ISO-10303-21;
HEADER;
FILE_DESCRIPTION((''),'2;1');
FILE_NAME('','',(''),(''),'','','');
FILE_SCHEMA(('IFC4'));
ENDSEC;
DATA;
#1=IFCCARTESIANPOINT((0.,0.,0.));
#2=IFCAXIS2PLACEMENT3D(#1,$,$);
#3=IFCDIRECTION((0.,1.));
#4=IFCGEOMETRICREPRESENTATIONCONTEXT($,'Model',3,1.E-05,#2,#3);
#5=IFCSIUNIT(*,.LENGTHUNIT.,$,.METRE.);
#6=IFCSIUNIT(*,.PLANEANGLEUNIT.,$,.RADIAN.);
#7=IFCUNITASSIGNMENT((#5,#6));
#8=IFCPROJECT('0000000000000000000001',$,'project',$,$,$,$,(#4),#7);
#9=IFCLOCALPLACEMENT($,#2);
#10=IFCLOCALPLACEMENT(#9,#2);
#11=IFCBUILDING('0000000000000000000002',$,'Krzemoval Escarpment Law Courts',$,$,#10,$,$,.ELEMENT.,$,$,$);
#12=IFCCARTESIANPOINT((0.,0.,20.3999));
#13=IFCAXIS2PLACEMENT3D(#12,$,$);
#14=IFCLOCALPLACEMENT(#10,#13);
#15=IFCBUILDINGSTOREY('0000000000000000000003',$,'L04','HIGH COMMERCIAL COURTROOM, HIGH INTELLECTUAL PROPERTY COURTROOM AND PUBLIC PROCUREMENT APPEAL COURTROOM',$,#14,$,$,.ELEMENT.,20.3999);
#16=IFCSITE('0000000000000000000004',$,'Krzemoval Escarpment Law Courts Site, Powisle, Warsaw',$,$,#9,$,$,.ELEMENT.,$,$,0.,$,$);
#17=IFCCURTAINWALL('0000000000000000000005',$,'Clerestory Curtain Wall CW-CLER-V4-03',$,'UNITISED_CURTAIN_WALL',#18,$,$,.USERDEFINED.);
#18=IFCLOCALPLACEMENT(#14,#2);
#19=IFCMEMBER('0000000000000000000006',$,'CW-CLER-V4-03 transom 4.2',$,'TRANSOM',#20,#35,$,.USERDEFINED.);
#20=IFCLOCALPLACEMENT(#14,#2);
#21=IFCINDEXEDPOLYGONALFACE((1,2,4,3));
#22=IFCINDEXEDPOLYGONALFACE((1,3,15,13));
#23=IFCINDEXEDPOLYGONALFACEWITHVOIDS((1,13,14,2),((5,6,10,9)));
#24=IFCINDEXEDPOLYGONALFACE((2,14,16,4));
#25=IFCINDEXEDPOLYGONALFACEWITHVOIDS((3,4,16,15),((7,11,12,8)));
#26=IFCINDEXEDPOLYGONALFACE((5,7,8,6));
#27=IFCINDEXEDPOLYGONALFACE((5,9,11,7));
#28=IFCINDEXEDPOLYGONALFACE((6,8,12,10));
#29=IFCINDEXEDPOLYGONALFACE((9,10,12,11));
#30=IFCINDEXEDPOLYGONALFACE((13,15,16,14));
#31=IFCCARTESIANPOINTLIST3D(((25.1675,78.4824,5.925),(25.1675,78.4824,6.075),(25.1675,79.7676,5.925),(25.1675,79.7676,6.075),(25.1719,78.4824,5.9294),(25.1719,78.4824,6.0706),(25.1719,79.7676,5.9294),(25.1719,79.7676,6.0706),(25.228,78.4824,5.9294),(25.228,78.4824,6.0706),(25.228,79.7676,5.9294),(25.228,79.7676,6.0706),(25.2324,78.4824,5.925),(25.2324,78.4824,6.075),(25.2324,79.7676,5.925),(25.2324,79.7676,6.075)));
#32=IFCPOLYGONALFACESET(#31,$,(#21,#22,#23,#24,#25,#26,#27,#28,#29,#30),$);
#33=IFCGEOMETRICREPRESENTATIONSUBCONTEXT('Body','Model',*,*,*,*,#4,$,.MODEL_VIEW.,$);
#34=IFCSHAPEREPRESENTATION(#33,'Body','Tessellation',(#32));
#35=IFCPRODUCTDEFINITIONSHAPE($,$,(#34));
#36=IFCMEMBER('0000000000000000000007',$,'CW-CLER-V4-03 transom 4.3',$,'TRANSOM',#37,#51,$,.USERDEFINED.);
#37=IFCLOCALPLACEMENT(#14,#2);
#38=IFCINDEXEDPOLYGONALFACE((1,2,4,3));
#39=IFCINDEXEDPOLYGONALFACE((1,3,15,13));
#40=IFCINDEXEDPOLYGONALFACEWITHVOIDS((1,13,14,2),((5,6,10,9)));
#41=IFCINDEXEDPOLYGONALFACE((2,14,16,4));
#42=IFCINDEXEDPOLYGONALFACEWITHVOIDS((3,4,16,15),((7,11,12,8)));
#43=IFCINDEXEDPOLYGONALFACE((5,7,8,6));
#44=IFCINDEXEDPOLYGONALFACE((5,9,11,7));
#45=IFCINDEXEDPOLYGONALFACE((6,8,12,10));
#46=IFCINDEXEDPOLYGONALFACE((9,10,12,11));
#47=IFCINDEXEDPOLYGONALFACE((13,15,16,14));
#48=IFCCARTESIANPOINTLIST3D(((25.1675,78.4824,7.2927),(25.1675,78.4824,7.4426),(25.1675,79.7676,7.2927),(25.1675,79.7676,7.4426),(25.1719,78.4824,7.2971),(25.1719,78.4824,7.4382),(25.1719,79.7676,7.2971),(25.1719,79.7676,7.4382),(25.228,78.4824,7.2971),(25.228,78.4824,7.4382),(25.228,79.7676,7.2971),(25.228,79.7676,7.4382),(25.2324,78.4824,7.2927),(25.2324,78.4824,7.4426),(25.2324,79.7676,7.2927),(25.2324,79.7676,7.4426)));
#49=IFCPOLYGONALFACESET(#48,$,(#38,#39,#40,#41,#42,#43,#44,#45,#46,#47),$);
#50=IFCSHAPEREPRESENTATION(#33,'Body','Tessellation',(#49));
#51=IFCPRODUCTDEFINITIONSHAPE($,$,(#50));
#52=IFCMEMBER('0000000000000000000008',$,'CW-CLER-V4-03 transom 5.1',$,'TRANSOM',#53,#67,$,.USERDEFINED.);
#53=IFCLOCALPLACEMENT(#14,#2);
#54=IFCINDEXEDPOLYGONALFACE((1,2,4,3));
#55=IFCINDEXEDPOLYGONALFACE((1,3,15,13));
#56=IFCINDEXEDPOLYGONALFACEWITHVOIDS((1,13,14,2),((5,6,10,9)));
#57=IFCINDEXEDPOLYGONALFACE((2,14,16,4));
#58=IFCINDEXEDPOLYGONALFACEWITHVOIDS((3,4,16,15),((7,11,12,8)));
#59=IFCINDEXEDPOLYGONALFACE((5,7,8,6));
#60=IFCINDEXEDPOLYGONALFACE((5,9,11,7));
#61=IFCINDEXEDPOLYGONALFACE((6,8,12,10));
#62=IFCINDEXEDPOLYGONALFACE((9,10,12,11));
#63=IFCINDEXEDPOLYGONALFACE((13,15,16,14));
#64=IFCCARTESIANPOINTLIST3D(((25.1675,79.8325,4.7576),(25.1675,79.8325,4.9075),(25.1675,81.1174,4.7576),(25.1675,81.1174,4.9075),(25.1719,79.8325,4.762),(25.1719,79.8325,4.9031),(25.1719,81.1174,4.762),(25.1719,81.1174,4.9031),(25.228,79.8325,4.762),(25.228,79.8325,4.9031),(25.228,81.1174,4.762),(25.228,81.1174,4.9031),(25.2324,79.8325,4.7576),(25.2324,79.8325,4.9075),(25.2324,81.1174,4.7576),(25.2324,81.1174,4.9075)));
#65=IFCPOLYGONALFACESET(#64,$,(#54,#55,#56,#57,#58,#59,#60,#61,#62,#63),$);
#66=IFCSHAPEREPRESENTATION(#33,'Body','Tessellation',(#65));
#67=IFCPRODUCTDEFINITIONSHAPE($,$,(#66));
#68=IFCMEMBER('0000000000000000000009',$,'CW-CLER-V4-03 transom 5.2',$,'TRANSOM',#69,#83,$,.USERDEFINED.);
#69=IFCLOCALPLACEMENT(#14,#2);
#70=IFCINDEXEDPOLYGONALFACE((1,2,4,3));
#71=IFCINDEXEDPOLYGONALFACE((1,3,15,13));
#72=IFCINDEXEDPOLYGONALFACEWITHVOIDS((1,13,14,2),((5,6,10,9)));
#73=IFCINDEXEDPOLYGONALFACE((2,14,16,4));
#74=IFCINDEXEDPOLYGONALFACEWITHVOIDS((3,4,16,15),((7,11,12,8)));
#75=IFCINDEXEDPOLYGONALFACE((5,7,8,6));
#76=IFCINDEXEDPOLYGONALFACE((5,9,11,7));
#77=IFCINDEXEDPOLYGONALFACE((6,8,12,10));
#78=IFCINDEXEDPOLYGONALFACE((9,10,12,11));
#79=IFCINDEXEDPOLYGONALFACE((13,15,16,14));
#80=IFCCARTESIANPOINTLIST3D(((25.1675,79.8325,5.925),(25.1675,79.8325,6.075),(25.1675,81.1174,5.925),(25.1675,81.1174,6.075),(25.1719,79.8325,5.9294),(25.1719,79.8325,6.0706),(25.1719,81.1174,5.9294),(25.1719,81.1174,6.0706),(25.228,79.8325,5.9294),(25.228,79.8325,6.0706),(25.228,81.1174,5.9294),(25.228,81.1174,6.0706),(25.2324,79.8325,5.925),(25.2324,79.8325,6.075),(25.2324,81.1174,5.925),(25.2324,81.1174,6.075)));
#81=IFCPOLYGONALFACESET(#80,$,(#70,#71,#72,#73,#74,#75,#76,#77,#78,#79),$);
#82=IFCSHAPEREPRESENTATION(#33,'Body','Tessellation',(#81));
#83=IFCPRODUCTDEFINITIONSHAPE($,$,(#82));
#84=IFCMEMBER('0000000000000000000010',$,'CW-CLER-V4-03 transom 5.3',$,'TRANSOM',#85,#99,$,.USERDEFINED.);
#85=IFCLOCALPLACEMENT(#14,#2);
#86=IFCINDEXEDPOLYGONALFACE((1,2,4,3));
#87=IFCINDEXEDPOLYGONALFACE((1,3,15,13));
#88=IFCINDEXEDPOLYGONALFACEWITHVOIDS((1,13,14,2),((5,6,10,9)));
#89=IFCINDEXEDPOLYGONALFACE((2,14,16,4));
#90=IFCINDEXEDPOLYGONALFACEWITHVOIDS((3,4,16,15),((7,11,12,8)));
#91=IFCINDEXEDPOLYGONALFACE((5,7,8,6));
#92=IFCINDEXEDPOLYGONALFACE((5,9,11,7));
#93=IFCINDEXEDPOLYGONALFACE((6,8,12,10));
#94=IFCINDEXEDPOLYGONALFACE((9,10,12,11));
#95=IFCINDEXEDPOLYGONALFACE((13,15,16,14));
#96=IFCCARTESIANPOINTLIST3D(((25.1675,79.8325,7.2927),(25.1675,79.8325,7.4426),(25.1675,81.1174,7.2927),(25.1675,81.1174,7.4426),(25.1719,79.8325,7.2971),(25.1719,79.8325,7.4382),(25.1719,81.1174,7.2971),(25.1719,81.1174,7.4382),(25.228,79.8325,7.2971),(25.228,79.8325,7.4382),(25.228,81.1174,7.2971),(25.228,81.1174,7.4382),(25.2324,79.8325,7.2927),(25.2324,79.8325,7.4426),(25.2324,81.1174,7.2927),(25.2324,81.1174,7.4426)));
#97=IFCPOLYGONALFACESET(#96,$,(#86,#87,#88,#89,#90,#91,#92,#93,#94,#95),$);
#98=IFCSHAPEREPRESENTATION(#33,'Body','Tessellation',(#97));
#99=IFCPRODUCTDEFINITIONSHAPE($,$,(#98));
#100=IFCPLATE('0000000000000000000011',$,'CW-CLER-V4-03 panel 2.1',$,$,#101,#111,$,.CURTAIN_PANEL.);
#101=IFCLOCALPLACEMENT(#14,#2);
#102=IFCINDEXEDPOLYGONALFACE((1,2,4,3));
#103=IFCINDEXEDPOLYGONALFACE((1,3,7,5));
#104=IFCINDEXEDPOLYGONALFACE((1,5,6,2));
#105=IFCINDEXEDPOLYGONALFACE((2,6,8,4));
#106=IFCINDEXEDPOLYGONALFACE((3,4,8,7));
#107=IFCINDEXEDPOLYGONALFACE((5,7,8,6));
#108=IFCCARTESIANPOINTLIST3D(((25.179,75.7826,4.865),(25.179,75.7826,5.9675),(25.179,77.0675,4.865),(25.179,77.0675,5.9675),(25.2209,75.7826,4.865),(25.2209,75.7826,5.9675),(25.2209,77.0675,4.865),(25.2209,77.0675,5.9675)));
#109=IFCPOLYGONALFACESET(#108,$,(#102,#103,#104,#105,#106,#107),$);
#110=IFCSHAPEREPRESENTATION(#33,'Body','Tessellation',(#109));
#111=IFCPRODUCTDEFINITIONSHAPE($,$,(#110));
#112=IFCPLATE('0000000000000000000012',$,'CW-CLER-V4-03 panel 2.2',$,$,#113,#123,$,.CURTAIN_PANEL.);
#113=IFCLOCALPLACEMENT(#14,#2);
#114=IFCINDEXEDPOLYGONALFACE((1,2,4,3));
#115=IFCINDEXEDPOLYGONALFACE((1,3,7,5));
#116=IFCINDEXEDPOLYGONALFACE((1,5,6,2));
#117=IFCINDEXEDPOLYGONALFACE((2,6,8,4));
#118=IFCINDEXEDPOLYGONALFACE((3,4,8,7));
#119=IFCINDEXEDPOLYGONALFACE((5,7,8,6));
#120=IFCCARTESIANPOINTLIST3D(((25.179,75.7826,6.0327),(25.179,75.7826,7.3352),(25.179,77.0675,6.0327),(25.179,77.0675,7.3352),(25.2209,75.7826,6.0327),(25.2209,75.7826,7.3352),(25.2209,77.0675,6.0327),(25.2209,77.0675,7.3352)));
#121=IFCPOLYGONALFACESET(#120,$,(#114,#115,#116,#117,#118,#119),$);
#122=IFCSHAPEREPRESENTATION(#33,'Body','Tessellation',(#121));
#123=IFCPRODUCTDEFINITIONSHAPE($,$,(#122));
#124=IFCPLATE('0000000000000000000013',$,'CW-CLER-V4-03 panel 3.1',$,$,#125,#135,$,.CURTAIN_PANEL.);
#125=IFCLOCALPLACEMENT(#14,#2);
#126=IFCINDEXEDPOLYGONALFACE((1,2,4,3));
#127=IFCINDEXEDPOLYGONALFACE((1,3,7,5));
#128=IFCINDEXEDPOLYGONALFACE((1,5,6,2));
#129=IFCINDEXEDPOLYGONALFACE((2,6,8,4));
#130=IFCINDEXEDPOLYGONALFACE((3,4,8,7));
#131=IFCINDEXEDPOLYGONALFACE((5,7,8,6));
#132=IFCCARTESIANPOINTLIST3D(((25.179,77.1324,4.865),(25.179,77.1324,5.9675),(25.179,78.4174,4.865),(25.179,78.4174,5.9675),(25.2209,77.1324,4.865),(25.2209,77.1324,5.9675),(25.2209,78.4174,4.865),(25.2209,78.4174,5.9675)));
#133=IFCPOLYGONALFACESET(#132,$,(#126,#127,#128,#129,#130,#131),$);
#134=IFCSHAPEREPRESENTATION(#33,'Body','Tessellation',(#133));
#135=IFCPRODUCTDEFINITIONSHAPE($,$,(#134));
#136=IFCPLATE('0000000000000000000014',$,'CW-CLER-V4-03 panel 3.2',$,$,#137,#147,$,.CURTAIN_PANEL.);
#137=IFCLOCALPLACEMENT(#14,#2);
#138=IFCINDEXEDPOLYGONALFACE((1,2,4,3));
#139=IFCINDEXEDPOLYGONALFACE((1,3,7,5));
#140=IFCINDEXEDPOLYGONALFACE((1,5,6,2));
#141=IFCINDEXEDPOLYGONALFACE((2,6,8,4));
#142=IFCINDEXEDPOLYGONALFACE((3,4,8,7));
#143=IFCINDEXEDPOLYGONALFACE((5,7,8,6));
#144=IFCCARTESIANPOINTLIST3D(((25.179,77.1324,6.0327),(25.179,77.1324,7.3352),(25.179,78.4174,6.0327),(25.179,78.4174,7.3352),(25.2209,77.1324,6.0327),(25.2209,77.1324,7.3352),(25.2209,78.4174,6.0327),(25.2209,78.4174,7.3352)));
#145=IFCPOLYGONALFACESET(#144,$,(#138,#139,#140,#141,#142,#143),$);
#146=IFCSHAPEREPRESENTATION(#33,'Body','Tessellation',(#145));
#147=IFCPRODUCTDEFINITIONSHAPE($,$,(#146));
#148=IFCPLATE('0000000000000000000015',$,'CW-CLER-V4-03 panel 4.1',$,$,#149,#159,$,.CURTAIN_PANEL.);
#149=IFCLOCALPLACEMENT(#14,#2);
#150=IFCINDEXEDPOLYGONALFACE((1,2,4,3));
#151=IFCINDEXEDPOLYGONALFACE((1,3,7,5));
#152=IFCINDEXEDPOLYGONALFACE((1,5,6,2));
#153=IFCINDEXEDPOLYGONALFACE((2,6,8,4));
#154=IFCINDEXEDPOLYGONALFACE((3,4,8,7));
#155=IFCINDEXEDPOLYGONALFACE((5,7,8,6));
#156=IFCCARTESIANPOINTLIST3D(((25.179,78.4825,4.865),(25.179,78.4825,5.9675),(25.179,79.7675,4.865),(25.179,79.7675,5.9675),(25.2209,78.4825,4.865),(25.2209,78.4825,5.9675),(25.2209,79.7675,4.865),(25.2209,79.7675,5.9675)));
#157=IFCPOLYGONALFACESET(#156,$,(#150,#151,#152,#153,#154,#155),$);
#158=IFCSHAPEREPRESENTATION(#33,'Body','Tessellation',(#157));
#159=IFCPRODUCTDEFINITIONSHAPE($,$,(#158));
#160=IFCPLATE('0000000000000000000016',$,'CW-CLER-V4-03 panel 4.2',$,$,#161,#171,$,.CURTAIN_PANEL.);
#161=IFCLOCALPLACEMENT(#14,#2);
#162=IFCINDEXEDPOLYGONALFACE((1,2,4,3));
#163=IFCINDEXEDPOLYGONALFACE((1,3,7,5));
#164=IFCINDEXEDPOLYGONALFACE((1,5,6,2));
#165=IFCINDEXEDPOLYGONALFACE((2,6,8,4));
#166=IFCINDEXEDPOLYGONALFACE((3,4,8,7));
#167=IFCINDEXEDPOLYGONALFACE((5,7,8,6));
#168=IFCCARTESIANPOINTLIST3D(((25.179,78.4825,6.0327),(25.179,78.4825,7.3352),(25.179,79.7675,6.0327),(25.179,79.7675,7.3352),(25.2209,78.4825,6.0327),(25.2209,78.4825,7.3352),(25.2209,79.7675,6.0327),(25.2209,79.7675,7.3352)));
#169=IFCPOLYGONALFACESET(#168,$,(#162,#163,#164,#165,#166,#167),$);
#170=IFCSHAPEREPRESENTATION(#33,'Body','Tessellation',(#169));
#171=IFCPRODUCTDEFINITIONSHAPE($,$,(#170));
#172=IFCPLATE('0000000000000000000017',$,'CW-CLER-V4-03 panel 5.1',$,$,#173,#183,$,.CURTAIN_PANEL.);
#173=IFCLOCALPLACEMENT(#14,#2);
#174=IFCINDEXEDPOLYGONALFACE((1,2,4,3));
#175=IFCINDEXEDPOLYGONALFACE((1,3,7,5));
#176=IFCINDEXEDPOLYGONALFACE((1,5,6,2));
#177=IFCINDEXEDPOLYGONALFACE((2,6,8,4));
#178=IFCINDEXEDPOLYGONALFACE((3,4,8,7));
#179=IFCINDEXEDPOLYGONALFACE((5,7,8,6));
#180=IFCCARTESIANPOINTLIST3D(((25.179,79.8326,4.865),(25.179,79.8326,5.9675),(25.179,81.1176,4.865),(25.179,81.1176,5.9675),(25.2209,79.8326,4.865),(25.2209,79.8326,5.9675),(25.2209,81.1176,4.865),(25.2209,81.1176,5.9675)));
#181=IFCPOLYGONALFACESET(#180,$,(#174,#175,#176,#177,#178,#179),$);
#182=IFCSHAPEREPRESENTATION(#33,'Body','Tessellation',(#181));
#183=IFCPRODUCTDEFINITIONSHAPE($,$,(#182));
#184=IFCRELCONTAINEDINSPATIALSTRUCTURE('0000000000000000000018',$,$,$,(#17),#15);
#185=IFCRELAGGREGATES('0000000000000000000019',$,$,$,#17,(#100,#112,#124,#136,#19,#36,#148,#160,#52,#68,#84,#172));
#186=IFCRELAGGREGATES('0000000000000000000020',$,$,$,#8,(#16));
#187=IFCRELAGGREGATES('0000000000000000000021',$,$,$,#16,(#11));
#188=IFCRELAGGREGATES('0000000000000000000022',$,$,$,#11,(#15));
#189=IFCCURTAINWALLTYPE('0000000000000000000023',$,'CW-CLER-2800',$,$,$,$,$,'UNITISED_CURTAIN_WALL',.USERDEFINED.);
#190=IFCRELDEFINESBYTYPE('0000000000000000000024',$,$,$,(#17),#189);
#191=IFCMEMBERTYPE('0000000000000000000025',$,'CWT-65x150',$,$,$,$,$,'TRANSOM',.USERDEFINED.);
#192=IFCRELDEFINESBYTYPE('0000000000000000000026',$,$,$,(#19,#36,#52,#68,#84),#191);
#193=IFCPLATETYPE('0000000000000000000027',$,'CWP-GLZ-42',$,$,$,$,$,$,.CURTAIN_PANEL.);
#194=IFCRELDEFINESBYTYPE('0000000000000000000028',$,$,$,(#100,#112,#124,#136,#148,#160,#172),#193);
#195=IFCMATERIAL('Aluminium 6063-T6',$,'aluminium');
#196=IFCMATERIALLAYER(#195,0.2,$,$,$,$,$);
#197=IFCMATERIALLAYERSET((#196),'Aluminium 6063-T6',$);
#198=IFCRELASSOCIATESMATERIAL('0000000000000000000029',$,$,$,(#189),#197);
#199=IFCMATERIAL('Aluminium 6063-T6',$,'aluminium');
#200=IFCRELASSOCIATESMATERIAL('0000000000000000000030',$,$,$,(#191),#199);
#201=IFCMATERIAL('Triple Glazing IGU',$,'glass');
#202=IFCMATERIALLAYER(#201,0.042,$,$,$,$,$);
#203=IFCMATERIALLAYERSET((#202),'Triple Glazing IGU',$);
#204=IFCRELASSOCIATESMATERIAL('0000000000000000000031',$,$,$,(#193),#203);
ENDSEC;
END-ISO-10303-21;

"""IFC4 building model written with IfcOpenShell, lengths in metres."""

from ifc_helpers import new_model, si_unit, direction, frame, origin, origin_2d, place, context, subcontext, project, spatial, rectangle, hollow_rectangle, extrude, material, layer, layer_set, material_profile, profile_set, type_object, element, aggregate, save


model = new_model("IFC4")

# Units and contexts
model_context = context("Model", 3, precision=1e-05, world=origin(), true_north=direction((0.0, 1.0)))
body_context = subcontext(model_context, "Body", "Model", "MODEL_VIEW")
ifc_project = project(units=[si_unit("LENGTHUNIT", "METRE"), si_unit("PLANEANGLEUNIT", "RADIAN")], contexts=[model_context])

# Site, building, storey
site_placement = place(None, origin())
site = spatial("IfcSite", under=ifc_project, at=site_placement, Name="Krzemoval Escarpment Law Courts Site, Powisle, Warsaw", CompositionType="ELEMENT", RefElevation=0.0)
building_placement = place(site_placement, origin())
building = spatial("IfcBuilding", under=site, at=building_placement, Name="Krzemoval Escarpment Law Courts", CompositionType="ELEMENT")
storey_placement = place(building_placement, frame((0.0, 0.0, 20.3999)))
storey = spatial("IfcBuildingStorey", under=building, at=storey_placement, Name="L04", Description="HIGH COMMERCIAL COURTROOM, HIGH INTELLECTUAL PROPERTY COURTROOM AND PUBLIC PROCUREMENT APPEAL COURTROOM", CompositionType="ELEMENT", Elevation=20.3999)

# Curtain wall, members, plates
ifc_material_1 = material(Name="Aluminium 6063-T6", Category="aluminium")
ifc_layer_1 = layer(ifc_material_1, 0.2)
ifc_layer_set_1 = layer_set([ifc_layer_1], Name="Aluminium 6063-T6")
curtain_wall_type = type_object("IfcCurtainWallType", Name="CW-CLER-2800", ElementType="UNITISED_CURTAIN_WALL", PredefinedType="USERDEFINED", material=ifc_layer_set_1)
curtain_wall_placement = place(storey_placement, origin())
curtain_wall = element("IfcCurtainWall", 1, at=curtain_wall_placement, inside=storey, type_object=curtain_wall_type, Name="Clerestory Curtain Wall CW-CLER-V4-03", ObjectType="UNITISED_CURTAIN_WALL", PredefinedType="USERDEFINED")
ifc_material_2 = material(Name="Aluminium 6063-T6", Category="aluminium")
ifc_material_profile_1 = material_profile(ifc_material_2, hollow_rectangle(XDim=0.0649, YDim=0.1499, WallThickness=0.0044, at=origin_2d()), Name="ALU T65x150")
ifc_profile_set_1 = profile_set([ifc_material_profile_1], Name="Aluminium 6063-T6")
member_type_1 = type_object("IfcMemberType", Name="CWT-65x150", ElementType="TRANSOM", PredefinedType="USERDEFINED", material=ifc_profile_set_1)
member_1_placement = place(storey_placement, frame((25.2, 78.4824, 6.0), z_axis=(0.0, 1.0, 0.0), x_axis=(-1.0, 0.0, 0.0)))
member_1 = element("IfcMember", 2, at=member_1_placement, type_object=member_type_1, Name="CW-CLER-V4-03 transom 4.2", ObjectType="TRANSOM", PredefinedType="USERDEFINED", context=body_context, shape_type="SweptSolid", body=[
    extrude(hollow_rectangle(XDim=0.0649, YDim=0.1499, WallThickness=0.0044, at=origin_2d()), origin(), (0.0, 0.0, 1.0), 1.2852),
])
member_2_placement = place(storey_placement, frame((25.2, 78.4824, 7.3677), z_axis=(0.0, 1.0, 0.0), x_axis=(-1.0, 0.0, 0.0)))
member_2 = element("IfcMember", 3, at=member_2_placement, type_object=member_type_1, Name="CW-CLER-V4-03 transom 4.3", ObjectType="TRANSOM", PredefinedType="USERDEFINED", context=body_context, shape_type="SweptSolid", body=[
    extrude(hollow_rectangle(XDim=0.0649, YDim=0.1499, WallThickness=0.0044, at=origin_2d()), origin(), (0.0, 0.0, 1.0), 1.2852),
])
member_3_placement = place(storey_placement, frame((25.2, 79.8325, 4.8325), z_axis=(0.0, 1.0, 0.0), x_axis=(-1.0, 0.0, 0.0)))
member_3 = element("IfcMember", 4, at=member_3_placement, type_object=member_type_1, Name="CW-CLER-V4-03 transom 5.1", ObjectType="TRANSOM", PredefinedType="USERDEFINED", context=body_context, shape_type="SweptSolid", body=[
    extrude(hollow_rectangle(XDim=0.0649, YDim=0.1499, WallThickness=0.0044, at=origin_2d()), origin(), (0.0, 0.0, 1.0), 1.2849),
])
member_4_placement = place(storey_placement, frame((25.2, 79.8325, 6.0), z_axis=(0.0, 1.0, 0.0), x_axis=(-1.0, 0.0, 0.0)))
member_4 = element("IfcMember", 5, at=member_4_placement, type_object=member_type_1, Name="CW-CLER-V4-03 transom 5.2", ObjectType="TRANSOM", PredefinedType="USERDEFINED", context=body_context, shape_type="SweptSolid", body=[
    extrude(hollow_rectangle(XDim=0.0649, YDim=0.1499, WallThickness=0.0044, at=origin_2d()), origin(), (0.0, 0.0, 1.0), 1.2849),
])
member_5_placement = place(storey_placement, frame((25.2, 79.8325, 7.3677), z_axis=(0.0, 1.0, 0.0), x_axis=(-1.0, 0.0, 0.0)))
member_5 = element("IfcMember", 6, at=member_5_placement, type_object=member_type_1, Name="CW-CLER-V4-03 transom 5.3", ObjectType="TRANSOM", PredefinedType="USERDEFINED", context=body_context, shape_type="SweptSolid", body=[
    extrude(hollow_rectangle(XDim=0.0649, YDim=0.1499, WallThickness=0.0044, at=origin_2d()), origin(), (0.0, 0.0, 1.0), 1.2849),
])
ifc_material_3 = material(Name="Triple Glazing IGU", Category="glass")
ifc_layer_2 = layer(ifc_material_3, 0.042)
ifc_layer_set_2 = layer_set([ifc_layer_2], Name="Triple Glazing IGU")
plate_type = type_object("IfcPlateType", Name="CWP-GLZ-42", PredefinedType="CURTAIN_PANEL", material=ifc_layer_set_2)
plate_1_placement = place(storey_placement, frame((25.2, 76.425, 4.865), z_axis=(0.0, 0.0, 1.0), x_axis=(0.0, 1.0, 0.0)))
plate_1 = element("IfcPlate", 7, at=plate_1_placement, type_object=plate_type, Name="CW-CLER-V4-03 panel 2.1", PredefinedType="CURTAIN_PANEL", context=body_context, shape_type="SweptSolid", body=[
    extrude(rectangle(XDim=1.2849, YDim=0.042, at=origin_2d()), origin(), (0.0, 0.0, 1.0), 1.1025),
])
plate_2_placement = place(storey_placement, frame((25.2, 76.425, 6.0327), z_axis=(0.0, 0.0, 1.0), x_axis=(0.0, 1.0, 0.0)))
plate_2 = element("IfcPlate", 8, at=plate_2_placement, type_object=plate_type, Name="CW-CLER-V4-03 panel 2.2", PredefinedType="CURTAIN_PANEL", context=body_context, shape_type="SweptSolid", body=[
    extrude(rectangle(XDim=1.2849, YDim=0.042, at=origin_2d()), origin(), (0.0, 0.0, 1.0), 1.3025),
])
plate_3_placement = place(storey_placement, frame((25.2, 77.7749, 4.865), z_axis=(0.0, 0.0, 1.0), x_axis=(0.0, 1.0, 0.0)))
plate_3 = element("IfcPlate", 9, at=plate_3_placement, type_object=plate_type, Name="CW-CLER-V4-03 panel 3.1", PredefinedType="CURTAIN_PANEL", context=body_context, shape_type="SweptSolid", body=[
    extrude(rectangle(XDim=1.2849, YDim=0.042, at=origin_2d()), origin(), (0.0, 0.0, 1.0), 1.1025),
])
plate_4_placement = place(storey_placement, frame((25.2, 77.7749, 6.0327), z_axis=(0.0, 0.0, 1.0), x_axis=(0.0, 1.0, 0.0)))
plate_4 = element("IfcPlate", 10, at=plate_4_placement, type_object=plate_type, Name="CW-CLER-V4-03 panel 3.2", PredefinedType="CURTAIN_PANEL", context=body_context, shape_type="SweptSolid", body=[
    extrude(rectangle(XDim=1.2849, YDim=0.042, at=origin_2d()), origin(), (0.0, 0.0, 1.0), 1.3025),
])
plate_5_placement = place(storey_placement, frame((25.2, 79.125, 4.865), z_axis=(0.0, 0.0, 1.0), x_axis=(0.0, 1.0, 0.0)))
plate_5 = element("IfcPlate", 11, at=plate_5_placement, type_object=plate_type, Name="CW-CLER-V4-03 panel 4.1", PredefinedType="CURTAIN_PANEL", context=body_context, shape_type="SweptSolid", body=[
    extrude(rectangle(XDim=1.2849, YDim=0.042, at=origin_2d()), origin(), (0.0, 0.0, 1.0), 1.1025),
])
plate_6_placement = place(storey_placement, frame((25.2, 79.125, 6.0327), z_axis=(0.0, 0.0, 1.0), x_axis=(0.0, 1.0, 0.0)))
plate_6 = element("IfcPlate", 12, at=plate_6_placement, type_object=plate_type, Name="CW-CLER-V4-03 panel 4.2", PredefinedType="CURTAIN_PANEL", context=body_context, shape_type="SweptSolid", body=[
    extrude(rectangle(XDim=1.2849, YDim=0.042, at=origin_2d()), origin(), (0.0, 0.0, 1.0), 1.3025),
])
plate_7_placement = place(storey_placement, frame((25.2, 80.4751, 4.865), z_axis=(0.0, 0.0, 1.0), x_axis=(0.0, 1.0, 0.0)))
plate_7 = element("IfcPlate", 13, at=plate_7_placement, type_object=plate_type, Name="CW-CLER-V4-03 panel 5.1", PredefinedType="CURTAIN_PANEL", context=body_context, shape_type="SweptSolid", body=[
    extrude(rectangle(XDim=1.2849, YDim=0.042, at=origin_2d()), origin(), (0.0, 0.0, 1.0), 1.1025),
])
aggregate(curtain_wall, [plate_1, plate_2, plate_3, plate_4, member_1, member_2, plate_5, plate_6, member_3, member_4, member_5, plate_7])

save(model, "model.ifc")
